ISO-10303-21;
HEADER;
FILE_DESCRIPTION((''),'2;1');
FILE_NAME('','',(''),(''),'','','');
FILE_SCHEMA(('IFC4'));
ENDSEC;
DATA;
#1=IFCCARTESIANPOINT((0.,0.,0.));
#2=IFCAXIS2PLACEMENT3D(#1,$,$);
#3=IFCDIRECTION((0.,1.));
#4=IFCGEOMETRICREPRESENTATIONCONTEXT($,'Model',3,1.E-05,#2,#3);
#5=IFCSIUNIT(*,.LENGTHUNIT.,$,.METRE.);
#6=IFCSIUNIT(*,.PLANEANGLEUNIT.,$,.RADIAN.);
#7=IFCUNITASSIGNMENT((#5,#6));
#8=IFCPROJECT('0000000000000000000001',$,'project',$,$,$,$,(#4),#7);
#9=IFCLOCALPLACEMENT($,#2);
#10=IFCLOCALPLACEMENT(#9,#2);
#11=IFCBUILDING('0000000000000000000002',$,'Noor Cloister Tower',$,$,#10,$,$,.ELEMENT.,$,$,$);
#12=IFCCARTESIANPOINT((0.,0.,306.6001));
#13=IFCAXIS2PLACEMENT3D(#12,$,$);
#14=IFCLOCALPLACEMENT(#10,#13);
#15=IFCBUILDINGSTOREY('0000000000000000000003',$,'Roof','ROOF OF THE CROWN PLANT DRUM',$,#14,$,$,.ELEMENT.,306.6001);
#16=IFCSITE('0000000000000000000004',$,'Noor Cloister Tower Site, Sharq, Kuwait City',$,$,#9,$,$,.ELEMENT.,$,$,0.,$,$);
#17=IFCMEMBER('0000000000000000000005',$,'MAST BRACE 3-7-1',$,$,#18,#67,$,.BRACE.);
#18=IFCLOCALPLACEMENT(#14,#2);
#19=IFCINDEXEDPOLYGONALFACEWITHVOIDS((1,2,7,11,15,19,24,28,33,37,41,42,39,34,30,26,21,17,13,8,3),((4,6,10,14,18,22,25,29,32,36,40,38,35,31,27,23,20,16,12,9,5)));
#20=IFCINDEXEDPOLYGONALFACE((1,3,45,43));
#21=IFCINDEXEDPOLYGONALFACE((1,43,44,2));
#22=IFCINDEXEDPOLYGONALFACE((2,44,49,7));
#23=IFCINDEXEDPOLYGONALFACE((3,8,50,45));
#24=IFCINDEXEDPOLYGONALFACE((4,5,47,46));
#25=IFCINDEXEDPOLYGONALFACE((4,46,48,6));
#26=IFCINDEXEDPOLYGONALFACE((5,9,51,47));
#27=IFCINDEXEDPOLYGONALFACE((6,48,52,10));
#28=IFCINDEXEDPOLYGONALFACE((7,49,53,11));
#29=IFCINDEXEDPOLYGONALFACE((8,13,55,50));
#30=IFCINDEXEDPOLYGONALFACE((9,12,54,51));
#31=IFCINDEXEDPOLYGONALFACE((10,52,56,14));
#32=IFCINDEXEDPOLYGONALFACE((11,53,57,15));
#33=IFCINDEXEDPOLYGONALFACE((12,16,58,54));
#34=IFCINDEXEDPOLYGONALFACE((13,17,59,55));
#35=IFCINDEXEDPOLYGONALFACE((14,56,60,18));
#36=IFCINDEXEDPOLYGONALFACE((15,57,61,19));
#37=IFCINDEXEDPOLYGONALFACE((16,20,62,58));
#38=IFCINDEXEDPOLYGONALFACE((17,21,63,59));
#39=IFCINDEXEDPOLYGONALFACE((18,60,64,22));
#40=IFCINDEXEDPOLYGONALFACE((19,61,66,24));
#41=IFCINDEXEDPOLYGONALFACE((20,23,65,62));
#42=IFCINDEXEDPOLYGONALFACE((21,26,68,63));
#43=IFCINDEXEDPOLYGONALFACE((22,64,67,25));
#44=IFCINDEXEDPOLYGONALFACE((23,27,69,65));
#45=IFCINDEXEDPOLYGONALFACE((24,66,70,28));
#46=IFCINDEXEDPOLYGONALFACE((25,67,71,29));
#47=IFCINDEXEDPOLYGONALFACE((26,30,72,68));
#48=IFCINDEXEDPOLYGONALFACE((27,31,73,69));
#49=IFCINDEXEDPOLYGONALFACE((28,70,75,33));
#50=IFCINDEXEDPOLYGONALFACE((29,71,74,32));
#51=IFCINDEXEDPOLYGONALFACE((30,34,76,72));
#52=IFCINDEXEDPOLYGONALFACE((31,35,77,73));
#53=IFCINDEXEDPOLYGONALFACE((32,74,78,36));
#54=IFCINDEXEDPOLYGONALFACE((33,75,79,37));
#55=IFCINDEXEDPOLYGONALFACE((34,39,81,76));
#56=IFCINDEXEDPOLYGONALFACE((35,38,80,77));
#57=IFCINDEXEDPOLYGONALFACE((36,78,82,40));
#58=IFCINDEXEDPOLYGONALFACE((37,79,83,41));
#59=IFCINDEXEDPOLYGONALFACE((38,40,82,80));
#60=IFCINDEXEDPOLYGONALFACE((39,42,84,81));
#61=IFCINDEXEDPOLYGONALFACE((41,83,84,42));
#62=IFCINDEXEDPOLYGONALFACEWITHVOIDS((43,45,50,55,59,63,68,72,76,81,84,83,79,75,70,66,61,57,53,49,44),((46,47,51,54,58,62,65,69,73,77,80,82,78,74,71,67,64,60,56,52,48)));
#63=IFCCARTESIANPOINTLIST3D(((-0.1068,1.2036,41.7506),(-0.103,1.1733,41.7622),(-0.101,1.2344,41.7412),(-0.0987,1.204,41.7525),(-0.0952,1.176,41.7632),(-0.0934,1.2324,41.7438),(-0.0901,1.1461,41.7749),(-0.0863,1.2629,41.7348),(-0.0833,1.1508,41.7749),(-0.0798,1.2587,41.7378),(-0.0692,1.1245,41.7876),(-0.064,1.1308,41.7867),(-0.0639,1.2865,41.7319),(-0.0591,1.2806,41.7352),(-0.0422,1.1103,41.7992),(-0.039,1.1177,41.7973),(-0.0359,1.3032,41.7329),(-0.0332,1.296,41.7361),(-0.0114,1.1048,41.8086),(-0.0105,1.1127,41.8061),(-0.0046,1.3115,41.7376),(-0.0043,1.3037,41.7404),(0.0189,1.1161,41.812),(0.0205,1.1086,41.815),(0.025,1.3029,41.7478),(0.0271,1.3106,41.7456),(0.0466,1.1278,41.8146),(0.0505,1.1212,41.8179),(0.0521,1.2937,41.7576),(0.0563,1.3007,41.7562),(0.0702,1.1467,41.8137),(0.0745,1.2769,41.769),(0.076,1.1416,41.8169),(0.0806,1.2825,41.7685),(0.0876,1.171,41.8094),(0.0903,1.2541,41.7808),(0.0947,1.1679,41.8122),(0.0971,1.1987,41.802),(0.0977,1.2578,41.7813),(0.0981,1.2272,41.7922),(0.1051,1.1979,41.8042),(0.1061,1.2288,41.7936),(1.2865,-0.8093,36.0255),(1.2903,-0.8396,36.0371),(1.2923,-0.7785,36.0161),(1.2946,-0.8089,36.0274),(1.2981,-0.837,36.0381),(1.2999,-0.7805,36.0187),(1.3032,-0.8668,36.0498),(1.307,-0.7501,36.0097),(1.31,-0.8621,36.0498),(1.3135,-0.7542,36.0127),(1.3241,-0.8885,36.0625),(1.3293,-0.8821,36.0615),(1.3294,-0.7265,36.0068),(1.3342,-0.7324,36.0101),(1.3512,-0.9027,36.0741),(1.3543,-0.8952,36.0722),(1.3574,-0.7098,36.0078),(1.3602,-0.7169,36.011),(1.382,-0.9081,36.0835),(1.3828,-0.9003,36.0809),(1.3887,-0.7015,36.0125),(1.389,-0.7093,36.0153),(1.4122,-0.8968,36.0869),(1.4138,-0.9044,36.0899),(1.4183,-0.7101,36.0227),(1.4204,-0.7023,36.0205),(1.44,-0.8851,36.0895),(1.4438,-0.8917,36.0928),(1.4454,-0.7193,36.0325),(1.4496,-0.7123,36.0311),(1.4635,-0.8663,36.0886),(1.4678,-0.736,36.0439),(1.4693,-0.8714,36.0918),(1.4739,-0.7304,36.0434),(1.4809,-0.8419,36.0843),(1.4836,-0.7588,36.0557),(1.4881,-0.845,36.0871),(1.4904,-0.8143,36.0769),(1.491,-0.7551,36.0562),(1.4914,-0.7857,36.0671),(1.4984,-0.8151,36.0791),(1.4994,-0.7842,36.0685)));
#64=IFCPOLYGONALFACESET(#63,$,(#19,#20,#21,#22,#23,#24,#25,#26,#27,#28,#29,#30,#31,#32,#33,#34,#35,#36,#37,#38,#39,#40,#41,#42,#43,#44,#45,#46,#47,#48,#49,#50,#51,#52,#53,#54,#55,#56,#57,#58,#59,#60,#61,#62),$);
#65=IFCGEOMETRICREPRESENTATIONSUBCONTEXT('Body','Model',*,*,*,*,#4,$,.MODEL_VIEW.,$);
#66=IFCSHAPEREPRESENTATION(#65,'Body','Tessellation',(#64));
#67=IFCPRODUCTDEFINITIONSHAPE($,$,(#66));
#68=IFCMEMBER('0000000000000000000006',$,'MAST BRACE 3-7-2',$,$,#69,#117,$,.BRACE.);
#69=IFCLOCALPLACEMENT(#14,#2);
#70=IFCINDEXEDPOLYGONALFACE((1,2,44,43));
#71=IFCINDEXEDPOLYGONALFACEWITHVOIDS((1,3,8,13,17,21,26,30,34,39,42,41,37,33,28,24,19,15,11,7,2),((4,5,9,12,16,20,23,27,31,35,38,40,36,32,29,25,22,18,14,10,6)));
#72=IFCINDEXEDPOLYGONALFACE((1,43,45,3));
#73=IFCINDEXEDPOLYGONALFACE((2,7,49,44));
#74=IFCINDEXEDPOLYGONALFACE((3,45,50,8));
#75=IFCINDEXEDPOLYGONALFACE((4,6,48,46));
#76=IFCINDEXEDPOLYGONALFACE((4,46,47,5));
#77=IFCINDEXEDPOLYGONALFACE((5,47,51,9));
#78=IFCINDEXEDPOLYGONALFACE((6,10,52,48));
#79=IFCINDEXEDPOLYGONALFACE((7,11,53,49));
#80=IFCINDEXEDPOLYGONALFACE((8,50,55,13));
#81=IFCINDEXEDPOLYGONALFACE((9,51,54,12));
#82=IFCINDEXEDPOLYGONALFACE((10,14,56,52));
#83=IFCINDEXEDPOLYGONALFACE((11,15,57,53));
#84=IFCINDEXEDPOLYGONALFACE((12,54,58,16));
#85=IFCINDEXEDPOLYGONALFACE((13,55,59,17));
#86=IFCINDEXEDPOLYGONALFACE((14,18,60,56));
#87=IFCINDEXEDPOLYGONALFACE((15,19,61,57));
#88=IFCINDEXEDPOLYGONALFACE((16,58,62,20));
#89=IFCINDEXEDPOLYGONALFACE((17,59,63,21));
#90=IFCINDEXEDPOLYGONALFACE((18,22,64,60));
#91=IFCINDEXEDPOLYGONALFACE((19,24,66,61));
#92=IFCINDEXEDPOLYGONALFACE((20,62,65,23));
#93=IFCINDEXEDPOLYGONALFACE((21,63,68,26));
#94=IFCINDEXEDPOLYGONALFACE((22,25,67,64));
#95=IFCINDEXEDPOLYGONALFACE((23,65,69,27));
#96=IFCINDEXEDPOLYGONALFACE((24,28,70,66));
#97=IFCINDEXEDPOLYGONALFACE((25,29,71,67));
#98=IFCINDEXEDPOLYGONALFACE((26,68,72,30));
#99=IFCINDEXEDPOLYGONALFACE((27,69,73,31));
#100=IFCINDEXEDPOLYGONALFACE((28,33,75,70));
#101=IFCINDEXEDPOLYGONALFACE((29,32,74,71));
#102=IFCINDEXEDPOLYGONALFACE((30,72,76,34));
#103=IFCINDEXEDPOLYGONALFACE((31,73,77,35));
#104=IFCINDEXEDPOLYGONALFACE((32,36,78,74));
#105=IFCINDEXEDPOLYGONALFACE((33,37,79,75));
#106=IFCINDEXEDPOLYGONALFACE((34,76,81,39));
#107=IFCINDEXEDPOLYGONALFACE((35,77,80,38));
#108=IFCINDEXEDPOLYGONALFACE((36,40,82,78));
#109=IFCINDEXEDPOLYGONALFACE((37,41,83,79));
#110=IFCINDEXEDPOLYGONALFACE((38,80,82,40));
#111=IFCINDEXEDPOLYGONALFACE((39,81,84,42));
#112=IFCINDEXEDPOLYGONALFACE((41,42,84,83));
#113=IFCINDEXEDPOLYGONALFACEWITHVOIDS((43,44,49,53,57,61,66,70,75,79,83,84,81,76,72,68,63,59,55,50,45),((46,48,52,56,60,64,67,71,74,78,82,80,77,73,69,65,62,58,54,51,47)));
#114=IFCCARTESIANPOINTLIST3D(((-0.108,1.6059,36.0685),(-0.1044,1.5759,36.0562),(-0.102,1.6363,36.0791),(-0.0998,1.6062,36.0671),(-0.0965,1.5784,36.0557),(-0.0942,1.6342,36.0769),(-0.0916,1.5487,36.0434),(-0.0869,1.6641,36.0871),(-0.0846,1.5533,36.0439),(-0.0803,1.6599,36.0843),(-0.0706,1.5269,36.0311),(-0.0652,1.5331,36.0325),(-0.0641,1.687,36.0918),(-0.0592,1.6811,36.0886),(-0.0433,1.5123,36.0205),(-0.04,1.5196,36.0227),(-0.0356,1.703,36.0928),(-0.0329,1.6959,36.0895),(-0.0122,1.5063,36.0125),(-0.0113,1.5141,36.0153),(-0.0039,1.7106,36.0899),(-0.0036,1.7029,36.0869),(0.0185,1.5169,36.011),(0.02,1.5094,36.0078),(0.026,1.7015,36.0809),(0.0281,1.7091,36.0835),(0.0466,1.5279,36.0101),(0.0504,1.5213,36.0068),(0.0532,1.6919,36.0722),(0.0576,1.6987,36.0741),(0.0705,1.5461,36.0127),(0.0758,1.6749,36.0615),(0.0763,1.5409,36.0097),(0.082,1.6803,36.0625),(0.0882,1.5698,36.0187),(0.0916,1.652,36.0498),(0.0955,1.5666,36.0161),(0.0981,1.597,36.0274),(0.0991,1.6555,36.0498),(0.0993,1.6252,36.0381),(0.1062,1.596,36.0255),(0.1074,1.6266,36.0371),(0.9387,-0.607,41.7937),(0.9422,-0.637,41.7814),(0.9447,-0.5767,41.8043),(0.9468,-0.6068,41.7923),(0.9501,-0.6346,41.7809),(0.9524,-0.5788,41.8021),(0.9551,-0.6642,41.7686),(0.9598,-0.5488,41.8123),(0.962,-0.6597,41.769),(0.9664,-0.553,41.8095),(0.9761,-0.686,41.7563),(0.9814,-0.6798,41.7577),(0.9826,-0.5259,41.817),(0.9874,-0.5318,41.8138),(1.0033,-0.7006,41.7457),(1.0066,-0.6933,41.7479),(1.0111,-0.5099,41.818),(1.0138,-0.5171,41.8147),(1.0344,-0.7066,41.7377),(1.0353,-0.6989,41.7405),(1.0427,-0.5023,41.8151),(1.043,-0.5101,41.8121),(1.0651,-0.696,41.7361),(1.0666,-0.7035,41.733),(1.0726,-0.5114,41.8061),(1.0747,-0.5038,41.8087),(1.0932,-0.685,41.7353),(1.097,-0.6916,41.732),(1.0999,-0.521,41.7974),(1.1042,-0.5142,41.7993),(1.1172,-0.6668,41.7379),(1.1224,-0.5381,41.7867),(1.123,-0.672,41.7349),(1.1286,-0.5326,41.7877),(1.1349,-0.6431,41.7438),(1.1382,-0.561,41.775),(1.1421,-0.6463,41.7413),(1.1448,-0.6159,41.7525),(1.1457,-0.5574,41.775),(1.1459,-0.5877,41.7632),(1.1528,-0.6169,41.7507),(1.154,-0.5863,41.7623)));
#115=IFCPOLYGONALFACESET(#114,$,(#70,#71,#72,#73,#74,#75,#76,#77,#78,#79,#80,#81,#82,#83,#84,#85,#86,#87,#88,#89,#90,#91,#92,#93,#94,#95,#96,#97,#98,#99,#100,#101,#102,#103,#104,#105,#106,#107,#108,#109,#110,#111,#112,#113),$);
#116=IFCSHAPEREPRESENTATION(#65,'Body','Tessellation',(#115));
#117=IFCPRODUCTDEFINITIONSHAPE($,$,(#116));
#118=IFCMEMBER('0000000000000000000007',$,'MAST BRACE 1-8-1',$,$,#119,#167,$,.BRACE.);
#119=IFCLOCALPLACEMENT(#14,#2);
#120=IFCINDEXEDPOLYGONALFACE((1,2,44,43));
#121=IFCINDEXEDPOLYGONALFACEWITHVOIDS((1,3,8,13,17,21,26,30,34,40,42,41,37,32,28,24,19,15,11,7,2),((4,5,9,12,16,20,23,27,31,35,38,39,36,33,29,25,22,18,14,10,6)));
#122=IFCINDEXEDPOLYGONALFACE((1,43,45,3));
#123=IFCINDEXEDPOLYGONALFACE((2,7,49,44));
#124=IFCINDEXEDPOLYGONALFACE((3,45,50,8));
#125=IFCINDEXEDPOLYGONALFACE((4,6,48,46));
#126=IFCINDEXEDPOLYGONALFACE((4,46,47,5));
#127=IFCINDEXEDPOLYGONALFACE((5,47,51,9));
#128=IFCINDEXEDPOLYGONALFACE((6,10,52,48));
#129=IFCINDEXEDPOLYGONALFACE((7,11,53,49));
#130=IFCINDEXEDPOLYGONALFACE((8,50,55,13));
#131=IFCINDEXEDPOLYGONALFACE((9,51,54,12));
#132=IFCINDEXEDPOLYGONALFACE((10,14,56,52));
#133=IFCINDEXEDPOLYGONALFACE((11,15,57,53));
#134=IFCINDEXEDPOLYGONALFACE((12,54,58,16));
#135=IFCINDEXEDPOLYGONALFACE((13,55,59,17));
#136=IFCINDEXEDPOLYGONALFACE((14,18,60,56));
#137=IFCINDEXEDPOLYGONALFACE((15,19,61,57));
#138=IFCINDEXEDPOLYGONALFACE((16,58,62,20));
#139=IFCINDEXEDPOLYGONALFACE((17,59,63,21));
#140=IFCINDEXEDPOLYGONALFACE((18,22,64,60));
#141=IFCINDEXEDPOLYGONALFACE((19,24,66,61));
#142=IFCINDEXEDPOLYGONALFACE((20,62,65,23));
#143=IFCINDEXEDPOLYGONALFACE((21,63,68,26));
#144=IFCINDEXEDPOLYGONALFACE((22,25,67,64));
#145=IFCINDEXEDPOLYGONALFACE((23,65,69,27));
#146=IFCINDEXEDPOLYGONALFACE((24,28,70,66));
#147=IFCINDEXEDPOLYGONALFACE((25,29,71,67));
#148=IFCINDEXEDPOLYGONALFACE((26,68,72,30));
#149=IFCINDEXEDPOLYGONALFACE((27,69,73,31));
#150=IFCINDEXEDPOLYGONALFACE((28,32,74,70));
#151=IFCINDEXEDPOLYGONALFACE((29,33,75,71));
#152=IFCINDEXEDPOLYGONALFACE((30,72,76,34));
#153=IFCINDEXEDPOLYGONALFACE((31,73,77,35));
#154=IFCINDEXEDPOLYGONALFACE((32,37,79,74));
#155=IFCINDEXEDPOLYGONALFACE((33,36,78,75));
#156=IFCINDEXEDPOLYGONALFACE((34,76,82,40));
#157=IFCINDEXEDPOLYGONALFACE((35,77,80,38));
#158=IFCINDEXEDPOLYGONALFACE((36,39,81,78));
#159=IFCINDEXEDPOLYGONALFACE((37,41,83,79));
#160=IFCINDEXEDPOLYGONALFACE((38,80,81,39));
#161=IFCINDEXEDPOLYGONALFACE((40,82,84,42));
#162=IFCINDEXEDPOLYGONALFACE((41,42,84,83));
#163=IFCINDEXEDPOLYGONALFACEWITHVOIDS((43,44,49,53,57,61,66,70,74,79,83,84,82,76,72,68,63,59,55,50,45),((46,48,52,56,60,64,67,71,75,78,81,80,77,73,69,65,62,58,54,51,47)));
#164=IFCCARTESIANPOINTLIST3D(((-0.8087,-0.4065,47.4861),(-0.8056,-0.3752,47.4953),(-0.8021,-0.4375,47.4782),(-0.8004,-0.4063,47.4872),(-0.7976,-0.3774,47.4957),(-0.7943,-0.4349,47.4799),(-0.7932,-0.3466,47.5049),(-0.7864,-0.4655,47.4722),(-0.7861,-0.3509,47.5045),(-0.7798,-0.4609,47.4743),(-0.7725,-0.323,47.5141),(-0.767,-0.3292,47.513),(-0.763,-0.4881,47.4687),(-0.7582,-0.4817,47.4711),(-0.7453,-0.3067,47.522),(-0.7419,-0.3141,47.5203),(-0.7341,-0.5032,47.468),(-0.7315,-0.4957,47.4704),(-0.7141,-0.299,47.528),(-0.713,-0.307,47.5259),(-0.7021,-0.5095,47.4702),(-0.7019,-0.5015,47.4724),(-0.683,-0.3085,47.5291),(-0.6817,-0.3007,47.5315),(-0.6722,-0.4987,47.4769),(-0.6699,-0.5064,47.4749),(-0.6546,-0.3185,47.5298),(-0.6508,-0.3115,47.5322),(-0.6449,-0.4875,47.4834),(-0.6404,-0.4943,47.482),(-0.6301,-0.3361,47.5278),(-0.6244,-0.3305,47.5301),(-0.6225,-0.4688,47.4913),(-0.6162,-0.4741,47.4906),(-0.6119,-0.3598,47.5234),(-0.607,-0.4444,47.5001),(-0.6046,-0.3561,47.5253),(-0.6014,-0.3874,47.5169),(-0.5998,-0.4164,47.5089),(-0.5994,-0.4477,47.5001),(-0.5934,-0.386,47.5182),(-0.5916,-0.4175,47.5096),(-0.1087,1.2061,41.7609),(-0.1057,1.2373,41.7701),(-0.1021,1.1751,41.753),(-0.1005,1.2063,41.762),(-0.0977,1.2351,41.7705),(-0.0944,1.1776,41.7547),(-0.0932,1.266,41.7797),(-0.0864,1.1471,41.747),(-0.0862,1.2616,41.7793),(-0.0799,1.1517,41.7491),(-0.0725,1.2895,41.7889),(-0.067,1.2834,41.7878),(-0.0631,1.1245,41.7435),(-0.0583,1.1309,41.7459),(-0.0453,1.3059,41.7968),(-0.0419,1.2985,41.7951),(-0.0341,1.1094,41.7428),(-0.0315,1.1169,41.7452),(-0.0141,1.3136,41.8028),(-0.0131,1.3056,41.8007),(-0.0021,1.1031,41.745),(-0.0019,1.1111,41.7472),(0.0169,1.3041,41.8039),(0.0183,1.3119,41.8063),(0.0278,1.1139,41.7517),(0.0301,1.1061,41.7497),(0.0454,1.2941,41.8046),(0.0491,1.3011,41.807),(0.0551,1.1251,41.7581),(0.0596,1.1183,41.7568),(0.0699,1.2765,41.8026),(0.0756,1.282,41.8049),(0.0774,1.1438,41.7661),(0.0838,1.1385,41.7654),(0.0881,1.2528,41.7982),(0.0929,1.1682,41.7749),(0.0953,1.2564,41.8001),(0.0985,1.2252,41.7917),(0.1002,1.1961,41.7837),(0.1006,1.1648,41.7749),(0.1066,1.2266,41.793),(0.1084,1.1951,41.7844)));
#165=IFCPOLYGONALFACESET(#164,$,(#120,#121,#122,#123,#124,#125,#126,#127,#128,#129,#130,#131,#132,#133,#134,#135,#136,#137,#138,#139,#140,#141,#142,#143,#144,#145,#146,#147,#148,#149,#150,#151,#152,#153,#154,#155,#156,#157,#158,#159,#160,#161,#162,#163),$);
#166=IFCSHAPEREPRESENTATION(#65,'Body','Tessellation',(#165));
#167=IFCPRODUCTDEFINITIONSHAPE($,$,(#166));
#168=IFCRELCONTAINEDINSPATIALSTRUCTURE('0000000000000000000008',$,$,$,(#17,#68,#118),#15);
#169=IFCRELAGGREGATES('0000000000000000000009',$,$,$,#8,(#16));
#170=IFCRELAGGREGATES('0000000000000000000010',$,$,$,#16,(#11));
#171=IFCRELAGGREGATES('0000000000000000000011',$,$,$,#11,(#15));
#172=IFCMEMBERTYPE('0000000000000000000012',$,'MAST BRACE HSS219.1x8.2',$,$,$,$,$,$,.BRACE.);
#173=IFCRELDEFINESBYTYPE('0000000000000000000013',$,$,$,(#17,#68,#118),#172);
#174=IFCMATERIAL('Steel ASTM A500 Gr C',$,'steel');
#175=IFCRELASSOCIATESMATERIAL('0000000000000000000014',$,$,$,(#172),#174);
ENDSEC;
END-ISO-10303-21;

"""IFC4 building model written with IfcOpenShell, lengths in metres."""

from ifc_helpers import new_model, si_unit, direction, frame, origin, origin_2d, place, context, subcontext, project, spatial, hollow_circle, extrude, material, material_profile, profile_set, type_object, element, save


model = new_model("IFC4")

# Units and contexts
model_context = context("Model", 3, precision=1e-05, world=origin(), true_north=direction((0.0, 1.0)))
body_context = subcontext(model_context, "Body", "Model", "MODEL_VIEW")
ifc_project = project(units=[si_unit("LENGTHUNIT", "METRE"), si_unit("PLANEANGLEUNIT", "RADIAN")], contexts=[model_context])

# Site, building, storey
site_placement = place(None, origin())
site = spatial("IfcSite", under=ifc_project, at=site_placement, Name="Noor Cloister Tower Site, Sharq, Kuwait City", CompositionType="ELEMENT", RefElevation=0.0)
building_placement = place(site_placement, origin())
building = spatial("IfcBuilding", under=site, at=building_placement, Name="Noor Cloister Tower", CompositionType="ELEMENT")
storey_placement = place(building_placement, frame((0.0, 0.0, 306.6001)))
storey = spatial("IfcBuildingStorey", under=building, at=storey_placement, Name="Roof", Description="ROOF OF THE CROWN PLANT DRUM", CompositionType="ELEMENT", Elevation=306.6001)

# Members
ifc_material_1 = material(Name="Steel ASTM A500 Gr C", Category="steel")
ifc_material_profile_1 = material_profile(ifc_material_1, hollow_circle(Radius=0.1096, WallThickness=0.0083, at=origin_2d()), Name="HSS219.1x8.2")
ifc_profile_set_1 = profile_set([ifc_material_profile_1], Name="Steel ASTM A500 Gr C")
member_type_1 = type_object("IfcMemberType", Name="MAST BRACE HSS219.1x8.2", PredefinedType="BRACE", material=ifc_profile_set_1)
for number, where, z_axis, x_axis, name in (
    (1, (1.3933, -0.8044, 36.0498), (-0.223769, 0.323283, 0.919465), (-0.822242, -0.569137, 0.0), "MAST BRACE 3-7-1"),
    (2, (0.0, 1.6086, 36.0498), (0.168093, -0.3554, 0.919476), (0.903987, 0.427559, 0.0), "MAST BRACE 3-7-2"),
):
    element("IfcMember", number, at=place(storey_placement, frame(where, z_axis=z_axis, x_axis=x_axis)), inside=storey, type_object=member_type_1, Name=name, PredefinedType="BRACE", context=body_context, shape_type="SweptSolid", body=[
        extrude(hollow_circle(Radius=0.1096, WallThickness=0.0083, at=origin_2d()), origin(), (0.0, 0.0, 1.0), 6.2266),
    ])
for number, where, z_axis, x_axis, name in (
    (3, (0.0, 1.2085, 41.7749), (-0.116875, -0.269256, 0.955951), (0.917311, -0.398173, 0.0), "MAST BRACE 1-8-1"),
):
    element("IfcMember", number, at=place(storey_placement, frame(where, z_axis=z_axis, x_axis=x_axis)), inside=storey, type_object=member_type_1, Name=name, PredefinedType="BRACE", context=body_context, shape_type="SweptSolid", body=[
        extrude(hollow_circle(Radius=0.1096, WallThickness=0.0083, at=origin_2d()), origin(), (0.0, 0.0, 1.0), 5.989),
    ])

save(model, "model.ifc")
